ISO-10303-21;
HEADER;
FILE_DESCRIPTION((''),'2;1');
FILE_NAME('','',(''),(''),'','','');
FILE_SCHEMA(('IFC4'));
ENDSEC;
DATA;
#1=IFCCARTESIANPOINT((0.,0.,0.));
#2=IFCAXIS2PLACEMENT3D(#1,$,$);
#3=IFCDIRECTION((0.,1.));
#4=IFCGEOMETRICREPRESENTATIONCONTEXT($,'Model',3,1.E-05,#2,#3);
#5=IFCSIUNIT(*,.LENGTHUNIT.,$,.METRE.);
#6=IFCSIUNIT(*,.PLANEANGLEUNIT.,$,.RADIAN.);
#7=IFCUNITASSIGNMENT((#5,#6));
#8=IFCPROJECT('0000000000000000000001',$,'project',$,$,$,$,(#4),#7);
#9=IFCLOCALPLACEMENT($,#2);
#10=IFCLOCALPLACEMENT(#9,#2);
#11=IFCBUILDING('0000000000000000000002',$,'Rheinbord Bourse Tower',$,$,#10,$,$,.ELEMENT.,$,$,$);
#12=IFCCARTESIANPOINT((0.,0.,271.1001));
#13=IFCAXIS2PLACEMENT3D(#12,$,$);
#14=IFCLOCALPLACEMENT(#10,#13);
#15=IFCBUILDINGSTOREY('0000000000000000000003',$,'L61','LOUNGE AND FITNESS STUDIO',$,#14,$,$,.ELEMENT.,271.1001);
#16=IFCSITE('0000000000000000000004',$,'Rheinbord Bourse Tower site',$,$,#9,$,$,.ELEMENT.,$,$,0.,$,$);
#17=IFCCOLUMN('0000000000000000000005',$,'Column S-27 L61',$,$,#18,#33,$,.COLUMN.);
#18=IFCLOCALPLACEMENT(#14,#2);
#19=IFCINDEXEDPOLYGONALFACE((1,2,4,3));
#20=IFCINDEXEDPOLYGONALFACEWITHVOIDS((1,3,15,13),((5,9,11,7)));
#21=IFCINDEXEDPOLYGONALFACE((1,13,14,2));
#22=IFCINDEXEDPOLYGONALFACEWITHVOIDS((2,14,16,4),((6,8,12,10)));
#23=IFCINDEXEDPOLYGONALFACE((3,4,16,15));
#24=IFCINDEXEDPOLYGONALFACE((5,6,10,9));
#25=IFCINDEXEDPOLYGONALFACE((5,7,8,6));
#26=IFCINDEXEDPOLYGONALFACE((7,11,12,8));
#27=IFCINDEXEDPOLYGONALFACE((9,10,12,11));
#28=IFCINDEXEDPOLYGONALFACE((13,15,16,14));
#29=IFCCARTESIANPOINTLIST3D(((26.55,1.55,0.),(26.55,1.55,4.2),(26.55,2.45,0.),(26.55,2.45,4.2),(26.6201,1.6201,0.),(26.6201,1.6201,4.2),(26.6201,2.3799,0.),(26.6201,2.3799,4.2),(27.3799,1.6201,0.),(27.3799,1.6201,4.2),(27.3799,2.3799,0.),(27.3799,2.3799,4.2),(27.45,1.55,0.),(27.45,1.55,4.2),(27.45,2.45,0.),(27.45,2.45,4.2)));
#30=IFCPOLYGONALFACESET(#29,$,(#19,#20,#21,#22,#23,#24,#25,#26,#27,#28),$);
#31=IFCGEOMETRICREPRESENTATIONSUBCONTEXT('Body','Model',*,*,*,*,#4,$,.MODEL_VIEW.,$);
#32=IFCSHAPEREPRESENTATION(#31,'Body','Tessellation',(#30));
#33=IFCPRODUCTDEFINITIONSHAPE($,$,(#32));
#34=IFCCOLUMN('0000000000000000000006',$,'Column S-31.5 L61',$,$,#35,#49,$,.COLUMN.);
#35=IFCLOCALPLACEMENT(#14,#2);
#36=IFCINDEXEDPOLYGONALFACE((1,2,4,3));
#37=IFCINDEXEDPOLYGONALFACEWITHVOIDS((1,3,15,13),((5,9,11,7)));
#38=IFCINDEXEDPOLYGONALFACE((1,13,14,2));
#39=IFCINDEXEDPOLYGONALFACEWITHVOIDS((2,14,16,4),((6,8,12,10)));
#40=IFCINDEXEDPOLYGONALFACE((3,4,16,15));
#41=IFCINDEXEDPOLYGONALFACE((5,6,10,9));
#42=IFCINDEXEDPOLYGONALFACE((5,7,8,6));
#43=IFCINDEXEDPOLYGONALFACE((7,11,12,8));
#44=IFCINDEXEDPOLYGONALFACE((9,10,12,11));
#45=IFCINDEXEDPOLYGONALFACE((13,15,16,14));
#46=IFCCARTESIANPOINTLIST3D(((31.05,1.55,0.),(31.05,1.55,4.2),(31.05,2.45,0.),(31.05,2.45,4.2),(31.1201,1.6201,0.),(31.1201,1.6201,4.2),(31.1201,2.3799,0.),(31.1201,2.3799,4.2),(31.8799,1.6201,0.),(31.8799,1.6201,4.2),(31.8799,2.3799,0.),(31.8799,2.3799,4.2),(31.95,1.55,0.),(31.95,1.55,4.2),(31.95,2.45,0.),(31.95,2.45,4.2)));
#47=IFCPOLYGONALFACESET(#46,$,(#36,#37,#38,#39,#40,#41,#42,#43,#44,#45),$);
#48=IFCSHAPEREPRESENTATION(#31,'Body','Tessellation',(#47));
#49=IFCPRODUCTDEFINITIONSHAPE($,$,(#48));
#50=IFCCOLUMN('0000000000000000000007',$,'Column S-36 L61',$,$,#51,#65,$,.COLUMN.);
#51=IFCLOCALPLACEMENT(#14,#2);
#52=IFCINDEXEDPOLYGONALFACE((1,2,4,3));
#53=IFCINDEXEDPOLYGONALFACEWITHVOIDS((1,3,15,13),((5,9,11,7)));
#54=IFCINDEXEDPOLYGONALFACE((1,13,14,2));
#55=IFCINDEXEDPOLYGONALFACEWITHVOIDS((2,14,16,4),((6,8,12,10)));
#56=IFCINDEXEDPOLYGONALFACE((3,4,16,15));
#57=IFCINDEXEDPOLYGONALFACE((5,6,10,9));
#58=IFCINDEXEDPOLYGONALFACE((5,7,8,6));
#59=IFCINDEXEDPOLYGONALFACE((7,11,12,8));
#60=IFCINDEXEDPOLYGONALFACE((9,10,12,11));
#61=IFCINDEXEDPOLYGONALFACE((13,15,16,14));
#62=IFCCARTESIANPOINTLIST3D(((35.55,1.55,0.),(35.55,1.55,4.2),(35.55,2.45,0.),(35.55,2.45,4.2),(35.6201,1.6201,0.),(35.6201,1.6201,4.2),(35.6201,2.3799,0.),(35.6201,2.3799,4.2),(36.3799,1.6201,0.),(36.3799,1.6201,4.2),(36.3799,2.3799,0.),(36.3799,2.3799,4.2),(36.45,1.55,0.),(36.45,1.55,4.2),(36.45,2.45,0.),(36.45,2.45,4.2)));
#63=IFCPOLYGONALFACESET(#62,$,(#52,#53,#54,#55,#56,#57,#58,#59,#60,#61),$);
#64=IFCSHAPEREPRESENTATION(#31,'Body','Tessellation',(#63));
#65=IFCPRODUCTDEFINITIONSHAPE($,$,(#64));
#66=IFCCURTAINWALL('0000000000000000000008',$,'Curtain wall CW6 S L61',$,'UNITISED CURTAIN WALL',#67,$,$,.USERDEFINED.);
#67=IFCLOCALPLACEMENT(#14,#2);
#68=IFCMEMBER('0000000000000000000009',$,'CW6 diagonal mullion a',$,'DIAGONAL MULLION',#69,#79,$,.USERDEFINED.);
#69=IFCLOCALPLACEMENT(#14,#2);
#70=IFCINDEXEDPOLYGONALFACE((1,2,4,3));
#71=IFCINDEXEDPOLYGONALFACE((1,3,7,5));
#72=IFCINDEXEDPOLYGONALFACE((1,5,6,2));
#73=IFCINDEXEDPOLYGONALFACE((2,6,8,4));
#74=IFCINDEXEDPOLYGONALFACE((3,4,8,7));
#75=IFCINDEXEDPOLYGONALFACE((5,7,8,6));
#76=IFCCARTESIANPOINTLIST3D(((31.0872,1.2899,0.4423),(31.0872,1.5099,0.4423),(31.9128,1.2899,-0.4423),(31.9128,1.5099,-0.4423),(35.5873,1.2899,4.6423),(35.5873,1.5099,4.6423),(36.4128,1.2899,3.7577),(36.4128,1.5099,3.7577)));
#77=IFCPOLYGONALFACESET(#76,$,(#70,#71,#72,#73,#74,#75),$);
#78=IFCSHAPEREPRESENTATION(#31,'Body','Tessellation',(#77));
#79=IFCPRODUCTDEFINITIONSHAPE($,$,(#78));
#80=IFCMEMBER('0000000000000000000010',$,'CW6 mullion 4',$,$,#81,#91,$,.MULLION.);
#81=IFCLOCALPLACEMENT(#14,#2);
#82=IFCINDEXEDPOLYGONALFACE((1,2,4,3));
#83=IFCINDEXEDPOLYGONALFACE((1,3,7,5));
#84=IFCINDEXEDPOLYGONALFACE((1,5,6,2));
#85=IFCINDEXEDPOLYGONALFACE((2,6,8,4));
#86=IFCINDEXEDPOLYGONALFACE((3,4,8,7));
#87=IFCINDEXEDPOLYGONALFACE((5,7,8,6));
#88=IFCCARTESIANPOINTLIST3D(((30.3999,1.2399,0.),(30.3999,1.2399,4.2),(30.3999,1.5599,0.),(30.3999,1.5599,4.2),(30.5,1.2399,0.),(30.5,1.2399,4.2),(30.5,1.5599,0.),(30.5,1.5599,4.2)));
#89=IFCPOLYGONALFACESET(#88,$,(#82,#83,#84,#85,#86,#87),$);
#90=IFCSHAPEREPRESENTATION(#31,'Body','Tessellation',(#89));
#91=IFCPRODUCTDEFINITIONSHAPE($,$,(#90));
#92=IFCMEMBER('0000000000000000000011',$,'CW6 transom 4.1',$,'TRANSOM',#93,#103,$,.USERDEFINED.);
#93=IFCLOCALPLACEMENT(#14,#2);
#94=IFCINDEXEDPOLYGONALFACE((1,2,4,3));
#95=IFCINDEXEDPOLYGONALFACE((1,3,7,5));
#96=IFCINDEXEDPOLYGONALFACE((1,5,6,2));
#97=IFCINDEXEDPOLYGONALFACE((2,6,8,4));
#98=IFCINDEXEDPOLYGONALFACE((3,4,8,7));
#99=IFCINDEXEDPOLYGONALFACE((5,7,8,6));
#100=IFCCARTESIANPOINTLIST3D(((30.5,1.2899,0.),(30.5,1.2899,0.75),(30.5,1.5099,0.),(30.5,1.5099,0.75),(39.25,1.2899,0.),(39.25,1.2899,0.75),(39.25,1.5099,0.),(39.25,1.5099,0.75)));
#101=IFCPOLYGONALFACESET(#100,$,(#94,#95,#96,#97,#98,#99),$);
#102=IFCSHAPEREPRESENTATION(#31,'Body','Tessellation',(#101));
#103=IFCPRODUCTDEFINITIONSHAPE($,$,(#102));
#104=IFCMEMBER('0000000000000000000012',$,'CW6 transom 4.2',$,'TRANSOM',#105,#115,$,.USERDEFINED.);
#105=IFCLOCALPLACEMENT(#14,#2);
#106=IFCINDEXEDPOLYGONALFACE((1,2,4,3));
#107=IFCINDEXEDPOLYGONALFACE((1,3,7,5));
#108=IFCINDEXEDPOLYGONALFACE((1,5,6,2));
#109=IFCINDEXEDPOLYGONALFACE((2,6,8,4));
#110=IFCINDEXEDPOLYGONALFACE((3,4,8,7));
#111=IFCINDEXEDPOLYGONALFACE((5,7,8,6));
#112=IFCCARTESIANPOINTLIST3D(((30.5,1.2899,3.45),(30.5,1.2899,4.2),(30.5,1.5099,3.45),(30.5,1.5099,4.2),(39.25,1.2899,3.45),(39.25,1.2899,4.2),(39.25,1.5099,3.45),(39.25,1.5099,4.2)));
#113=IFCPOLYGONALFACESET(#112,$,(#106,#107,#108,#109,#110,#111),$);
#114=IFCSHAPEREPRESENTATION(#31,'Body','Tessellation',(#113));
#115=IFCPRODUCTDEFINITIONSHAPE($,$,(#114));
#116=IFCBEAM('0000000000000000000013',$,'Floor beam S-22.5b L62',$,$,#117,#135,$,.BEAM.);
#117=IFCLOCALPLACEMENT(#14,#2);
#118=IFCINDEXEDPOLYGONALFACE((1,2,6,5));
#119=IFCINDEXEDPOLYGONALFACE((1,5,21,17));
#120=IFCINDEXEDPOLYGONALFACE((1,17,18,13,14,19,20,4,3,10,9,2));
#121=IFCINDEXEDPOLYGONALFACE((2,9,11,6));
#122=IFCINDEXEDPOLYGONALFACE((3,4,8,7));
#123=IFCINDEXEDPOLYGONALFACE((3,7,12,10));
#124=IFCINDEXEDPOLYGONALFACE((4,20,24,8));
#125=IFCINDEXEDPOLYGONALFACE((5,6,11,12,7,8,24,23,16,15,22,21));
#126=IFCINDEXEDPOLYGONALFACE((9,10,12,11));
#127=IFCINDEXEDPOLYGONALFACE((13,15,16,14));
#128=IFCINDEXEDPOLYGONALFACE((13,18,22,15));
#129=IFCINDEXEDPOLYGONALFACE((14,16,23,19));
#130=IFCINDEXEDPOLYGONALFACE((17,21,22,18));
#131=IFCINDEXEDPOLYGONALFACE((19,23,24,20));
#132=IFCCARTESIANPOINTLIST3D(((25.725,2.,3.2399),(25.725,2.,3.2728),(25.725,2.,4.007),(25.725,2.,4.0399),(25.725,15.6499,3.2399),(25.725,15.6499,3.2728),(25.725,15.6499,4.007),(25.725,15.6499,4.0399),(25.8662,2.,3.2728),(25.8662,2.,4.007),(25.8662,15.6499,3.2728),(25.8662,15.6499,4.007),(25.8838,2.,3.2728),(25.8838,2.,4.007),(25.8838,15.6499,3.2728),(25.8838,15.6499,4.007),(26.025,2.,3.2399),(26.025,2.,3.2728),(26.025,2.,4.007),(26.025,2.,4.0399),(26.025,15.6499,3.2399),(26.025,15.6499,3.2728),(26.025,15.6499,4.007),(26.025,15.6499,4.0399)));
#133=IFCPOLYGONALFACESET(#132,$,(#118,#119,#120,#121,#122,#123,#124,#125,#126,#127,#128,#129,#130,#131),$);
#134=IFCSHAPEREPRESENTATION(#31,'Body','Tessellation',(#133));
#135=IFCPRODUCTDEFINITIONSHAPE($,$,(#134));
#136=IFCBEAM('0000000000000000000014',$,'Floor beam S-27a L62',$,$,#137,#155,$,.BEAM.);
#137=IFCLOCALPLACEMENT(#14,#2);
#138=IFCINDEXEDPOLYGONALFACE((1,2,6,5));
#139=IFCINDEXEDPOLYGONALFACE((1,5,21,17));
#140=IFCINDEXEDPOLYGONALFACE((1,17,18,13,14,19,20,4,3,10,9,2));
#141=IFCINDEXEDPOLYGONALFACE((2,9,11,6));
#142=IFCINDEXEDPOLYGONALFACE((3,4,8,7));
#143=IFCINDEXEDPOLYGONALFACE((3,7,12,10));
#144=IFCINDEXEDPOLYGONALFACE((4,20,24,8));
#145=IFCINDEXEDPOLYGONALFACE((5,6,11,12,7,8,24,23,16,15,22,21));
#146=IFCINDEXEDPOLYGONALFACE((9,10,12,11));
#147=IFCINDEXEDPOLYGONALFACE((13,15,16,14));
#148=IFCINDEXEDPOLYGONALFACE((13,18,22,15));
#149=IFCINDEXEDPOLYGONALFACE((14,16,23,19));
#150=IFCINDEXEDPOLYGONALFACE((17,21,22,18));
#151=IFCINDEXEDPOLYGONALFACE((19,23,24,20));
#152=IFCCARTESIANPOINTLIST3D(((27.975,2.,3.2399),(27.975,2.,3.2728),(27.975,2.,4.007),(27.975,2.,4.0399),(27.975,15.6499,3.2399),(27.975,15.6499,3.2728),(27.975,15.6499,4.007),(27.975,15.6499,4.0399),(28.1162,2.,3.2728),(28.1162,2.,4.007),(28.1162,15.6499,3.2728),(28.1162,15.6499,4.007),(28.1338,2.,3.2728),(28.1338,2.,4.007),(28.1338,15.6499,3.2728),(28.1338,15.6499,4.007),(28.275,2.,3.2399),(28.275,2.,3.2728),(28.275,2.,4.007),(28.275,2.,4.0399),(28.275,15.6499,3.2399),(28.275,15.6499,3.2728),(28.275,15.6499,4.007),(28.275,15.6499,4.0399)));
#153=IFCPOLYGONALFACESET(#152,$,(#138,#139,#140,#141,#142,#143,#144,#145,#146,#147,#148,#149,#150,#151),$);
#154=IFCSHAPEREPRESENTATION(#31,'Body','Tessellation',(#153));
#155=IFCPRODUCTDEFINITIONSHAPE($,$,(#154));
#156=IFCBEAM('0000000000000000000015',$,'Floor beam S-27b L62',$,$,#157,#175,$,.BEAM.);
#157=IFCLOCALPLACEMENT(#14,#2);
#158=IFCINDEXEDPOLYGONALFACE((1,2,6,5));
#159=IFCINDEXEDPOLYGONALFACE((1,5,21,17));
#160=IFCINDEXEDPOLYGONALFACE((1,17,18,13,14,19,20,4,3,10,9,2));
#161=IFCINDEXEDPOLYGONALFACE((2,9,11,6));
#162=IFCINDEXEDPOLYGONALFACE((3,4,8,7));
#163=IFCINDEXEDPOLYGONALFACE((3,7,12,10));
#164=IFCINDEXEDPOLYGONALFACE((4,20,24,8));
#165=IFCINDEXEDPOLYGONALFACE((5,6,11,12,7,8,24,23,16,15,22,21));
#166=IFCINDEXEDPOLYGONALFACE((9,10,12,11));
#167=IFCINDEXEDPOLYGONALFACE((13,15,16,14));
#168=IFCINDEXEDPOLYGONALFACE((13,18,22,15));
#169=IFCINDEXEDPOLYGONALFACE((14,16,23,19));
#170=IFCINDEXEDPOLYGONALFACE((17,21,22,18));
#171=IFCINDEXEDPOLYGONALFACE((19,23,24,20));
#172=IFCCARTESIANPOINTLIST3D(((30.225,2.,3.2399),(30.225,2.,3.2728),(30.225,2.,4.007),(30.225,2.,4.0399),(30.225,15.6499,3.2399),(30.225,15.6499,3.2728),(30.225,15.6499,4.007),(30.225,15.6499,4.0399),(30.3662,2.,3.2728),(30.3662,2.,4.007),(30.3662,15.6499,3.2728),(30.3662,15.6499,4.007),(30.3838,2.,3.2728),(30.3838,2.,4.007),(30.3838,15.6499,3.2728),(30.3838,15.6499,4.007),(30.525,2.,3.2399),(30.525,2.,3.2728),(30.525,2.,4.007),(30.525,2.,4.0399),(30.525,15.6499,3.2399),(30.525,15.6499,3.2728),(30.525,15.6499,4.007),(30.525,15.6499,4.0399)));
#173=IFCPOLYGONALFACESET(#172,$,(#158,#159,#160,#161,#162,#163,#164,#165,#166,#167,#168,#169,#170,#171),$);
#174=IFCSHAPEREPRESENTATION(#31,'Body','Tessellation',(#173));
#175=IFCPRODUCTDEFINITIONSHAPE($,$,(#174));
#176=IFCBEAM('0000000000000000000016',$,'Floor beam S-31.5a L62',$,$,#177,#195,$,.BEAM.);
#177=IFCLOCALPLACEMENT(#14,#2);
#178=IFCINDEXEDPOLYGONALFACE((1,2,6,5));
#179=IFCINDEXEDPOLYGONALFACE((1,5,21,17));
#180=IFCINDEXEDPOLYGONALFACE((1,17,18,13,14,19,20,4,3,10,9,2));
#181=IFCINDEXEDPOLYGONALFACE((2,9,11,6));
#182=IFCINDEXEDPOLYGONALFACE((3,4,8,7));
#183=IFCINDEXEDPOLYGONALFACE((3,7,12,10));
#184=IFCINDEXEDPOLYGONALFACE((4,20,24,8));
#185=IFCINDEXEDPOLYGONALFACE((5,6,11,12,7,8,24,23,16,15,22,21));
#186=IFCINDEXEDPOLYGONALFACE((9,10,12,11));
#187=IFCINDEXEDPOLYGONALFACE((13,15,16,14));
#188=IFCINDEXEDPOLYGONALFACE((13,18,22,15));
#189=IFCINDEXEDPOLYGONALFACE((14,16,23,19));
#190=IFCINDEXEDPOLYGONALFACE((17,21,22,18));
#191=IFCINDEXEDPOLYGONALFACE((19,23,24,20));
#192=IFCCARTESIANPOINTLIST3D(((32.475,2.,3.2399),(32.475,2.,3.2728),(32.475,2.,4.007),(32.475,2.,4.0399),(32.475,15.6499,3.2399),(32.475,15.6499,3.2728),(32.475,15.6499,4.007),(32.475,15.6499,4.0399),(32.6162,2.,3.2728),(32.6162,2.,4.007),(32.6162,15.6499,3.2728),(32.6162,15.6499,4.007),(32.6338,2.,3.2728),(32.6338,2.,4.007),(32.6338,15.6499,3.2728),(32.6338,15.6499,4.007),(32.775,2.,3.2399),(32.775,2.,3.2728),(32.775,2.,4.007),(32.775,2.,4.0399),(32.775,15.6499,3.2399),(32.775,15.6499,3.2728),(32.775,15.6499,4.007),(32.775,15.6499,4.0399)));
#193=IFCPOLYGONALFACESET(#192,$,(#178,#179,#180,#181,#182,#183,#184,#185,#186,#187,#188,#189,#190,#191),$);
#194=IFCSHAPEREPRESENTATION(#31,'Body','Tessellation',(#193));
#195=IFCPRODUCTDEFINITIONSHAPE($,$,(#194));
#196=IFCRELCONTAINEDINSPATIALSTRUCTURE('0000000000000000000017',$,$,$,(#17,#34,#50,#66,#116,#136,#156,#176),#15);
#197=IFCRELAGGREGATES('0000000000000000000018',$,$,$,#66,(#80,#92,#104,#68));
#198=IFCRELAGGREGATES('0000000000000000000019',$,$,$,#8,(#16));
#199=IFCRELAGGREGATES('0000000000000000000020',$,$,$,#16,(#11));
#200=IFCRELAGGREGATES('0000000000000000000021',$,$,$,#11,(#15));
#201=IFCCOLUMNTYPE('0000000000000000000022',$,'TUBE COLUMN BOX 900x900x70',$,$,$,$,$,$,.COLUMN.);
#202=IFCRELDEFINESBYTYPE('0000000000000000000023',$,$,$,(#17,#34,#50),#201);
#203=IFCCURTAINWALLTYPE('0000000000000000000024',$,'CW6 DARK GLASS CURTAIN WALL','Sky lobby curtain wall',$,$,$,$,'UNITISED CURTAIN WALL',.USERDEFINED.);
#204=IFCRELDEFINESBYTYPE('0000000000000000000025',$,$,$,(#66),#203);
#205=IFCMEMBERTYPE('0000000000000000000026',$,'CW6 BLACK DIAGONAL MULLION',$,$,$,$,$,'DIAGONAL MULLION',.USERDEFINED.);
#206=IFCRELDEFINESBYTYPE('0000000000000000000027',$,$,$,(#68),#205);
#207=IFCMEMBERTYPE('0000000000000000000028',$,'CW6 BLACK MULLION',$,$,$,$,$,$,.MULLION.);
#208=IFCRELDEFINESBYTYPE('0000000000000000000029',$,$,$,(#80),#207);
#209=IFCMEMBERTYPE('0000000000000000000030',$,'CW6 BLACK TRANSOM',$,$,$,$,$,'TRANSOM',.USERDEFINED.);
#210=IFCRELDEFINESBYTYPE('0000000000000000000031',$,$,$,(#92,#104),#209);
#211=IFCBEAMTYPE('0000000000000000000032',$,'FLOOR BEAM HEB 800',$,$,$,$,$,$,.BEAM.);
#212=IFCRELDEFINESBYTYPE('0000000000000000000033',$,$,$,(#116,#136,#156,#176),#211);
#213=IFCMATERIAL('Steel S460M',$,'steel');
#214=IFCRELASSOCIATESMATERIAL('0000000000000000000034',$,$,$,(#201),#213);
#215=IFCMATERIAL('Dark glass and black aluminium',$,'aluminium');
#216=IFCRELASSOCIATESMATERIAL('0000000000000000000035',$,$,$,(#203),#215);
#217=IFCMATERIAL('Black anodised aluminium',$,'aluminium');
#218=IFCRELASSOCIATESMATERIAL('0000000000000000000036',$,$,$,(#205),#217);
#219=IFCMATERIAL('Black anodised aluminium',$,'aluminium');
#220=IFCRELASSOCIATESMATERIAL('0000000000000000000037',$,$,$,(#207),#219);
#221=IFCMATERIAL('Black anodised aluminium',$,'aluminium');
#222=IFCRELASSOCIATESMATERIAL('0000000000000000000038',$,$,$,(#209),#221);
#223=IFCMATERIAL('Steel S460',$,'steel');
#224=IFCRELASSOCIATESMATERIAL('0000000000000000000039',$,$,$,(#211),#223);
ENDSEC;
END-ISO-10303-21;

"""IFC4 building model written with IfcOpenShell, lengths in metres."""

from ifc_helpers import new_model, si_unit, direction, frame, origin, origin_2d, place, context, subcontext, project, spatial, rectangle, hollow_rectangle, i_section, extrude, material, material_profile, profile_set, type_object, element, aggregate, save


model = new_model("IFC4")

# Units and contexts
model_context = context("Model", 3, precision=1e-05, world=origin(), true_north=direction((0.0, 1.0)))
body_context = subcontext(model_context, "Body", "Model", "MODEL_VIEW")
ifc_project = project(units=[si_unit("LENGTHUNIT", "METRE"), si_unit("PLANEANGLEUNIT", "RADIAN")], contexts=[model_context])

# Site, building, storey
site_placement = place(None, origin())
site = spatial("IfcSite", under=ifc_project, at=site_placement, Name="Rheinbord Bourse Tower site", CompositionType="ELEMENT", RefElevation=0.0)
building_placement = place(site_placement, origin())
building = spatial("IfcBuilding", under=site, at=building_placement, Name="Rheinbord Bourse Tower", CompositionType="ELEMENT")
storey_placement = place(building_placement, frame((0.0, 0.0, 271.1001)))
storey = spatial("IfcBuildingStorey", under=building, at=storey_placement, Name="L61", Description="LOUNGE AND FITNESS STUDIO", CompositionType="ELEMENT", Elevation=271.1001)

# Columns
ifc_material_1 = material(Name="Steel S460M", Category="steel")
ifc_material_profile_1 = material_profile(ifc_material_1, hollow_rectangle(XDim=0.8999, YDim=0.8999, WallThickness=0.0701, at=origin_2d()), Name="BOX 900x900x70")
ifc_profile_set_1 = profile_set([ifc_material_profile_1], Name="Steel S460M")
column_type = type_object("IfcColumnType", Name="TUBE COLUMN BOX 900x900x70", PredefinedType="COLUMN", material=ifc_profile_set_1)
for number, where, z_axis, x_axis, name in (
    (1, (27.0, 2.0, 0.0), (0.0, 0.0, 1.0), (0.0, 1.0, 0.0), "Column S-27 L61"),
    (2, (31.5, 2.0, 0.0), (0.0, 0.0, 1.0), (0.0, 1.0, 0.0), "Column S-31.5 L61"),
    (3, (36.0, 2.0, 0.0), (0.0, 0.0, 1.0), (0.0, 1.0, 0.0), "Column S-36 L61"),
):
    element("IfcColumn", number, at=place(storey_placement, frame(where, z_axis=z_axis, x_axis=x_axis)), inside=storey, type_object=column_type, Name=name, PredefinedType="COLUMN", context=body_context, shape_type="SweptSolid", body=[
        extrude(hollow_rectangle(XDim=0.8999, YDim=0.8999, WallThickness=0.0701, at=origin_2d()), origin(), (0.0, 0.0, 1.0), 4.2),
    ])

# Curtain wall, members
ifc_material_2 = material(Name="Dark glass and black aluminium", Category="aluminium")
curtain_wall_type = type_object("IfcCurtainWallType", Name="CW6 DARK GLASS CURTAIN WALL", Description="Sky lobby curtain wall", ElementType="UNITISED CURTAIN WALL", PredefinedType="USERDEFINED", material=ifc_material_2)
curtain_wall_placement = place(storey_placement, origin())
curtain_wall = element("IfcCurtainWall", 4, at=curtain_wall_placement, inside=storey, type_object=curtain_wall_type, Name="Curtain wall CW6 S L61", ObjectType="UNITISED CURTAIN WALL", PredefinedType="USERDEFINED")
ifc_material_3 = material(Name="Black anodised aluminium", Category="aluminium")
ifc_material_profile_2 = material_profile(ifc_material_3, rectangle(XDim=0.22, YDim=1.21, at=origin_2d()), Name="CW6 DIAGONAL MULLION 1210x220")
ifc_profile_set_2 = profile_set([ifc_material_profile_2], Name="Black anodised aluminium")
member_type_1 = type_object("IfcMemberType", Name="CW6 BLACK DIAGONAL MULLION", ElementType="DIAGONAL MULLION", PredefinedType="USERDEFINED", material=ifc_profile_set_2)
member_1_placement = place(storey_placement, frame((31.5, 1.3999, 0.0), z_axis=(0.731059, 0.0, 0.682314), x_axis=(0.0, 1.0, 0.0)))
member_1 = element("IfcMember", 5, at=member_1_placement, type_object=member_type_1, Name="CW6 diagonal mullion a", ObjectType="DIAGONAL MULLION", PredefinedType="USERDEFINED", context=body_context, shape_type="SweptSolid", body=[
    extrude(rectangle(XDim=0.22, YDim=1.21, at=origin_2d()), origin(), (0.0, 0.0, 1.0), 6.1555),
])
ifc_material_4 = material(Name="Black anodised aluminium", Category="aluminium")
ifc_material_profile_3 = material_profile(ifc_material_4, rectangle(XDim=0.3201, YDim=0.1001, at=origin_2d()), Name="CW6 MULLION 100x320")
ifc_profile_set_3 = profile_set([ifc_material_profile_3], Name="Black anodised aluminium")
member_type_2 = type_object("IfcMemberType", Name="CW6 BLACK MULLION", PredefinedType="MULLION", material=ifc_profile_set_3)
member_2_placement = place(storey_placement, frame((30.45, 1.3999, 0.0), z_axis=(0.0, 0.0, 1.0), x_axis=(0.0, 1.0, 0.0)))
member_2 = element("IfcMember", 6, at=member_2_placement, type_object=member_type_2, Name="CW6 mullion 4", PredefinedType="MULLION", context=body_context, shape_type="SweptSolid", body=[
    extrude(rectangle(XDim=0.3201, YDim=0.1001, at=origin_2d()), origin(), (0.0, 0.0, 1.0), 4.2),
])
ifc_material_5 = material(Name="Black anodised aluminium", Category="aluminium")
ifc_material_profile_4 = material_profile(ifc_material_5, rectangle(XDim=0.22, YDim=0.75, at=origin_2d()), Name="CW6 TRANSOM 750x220")
ifc_profile_set_4 = profile_set([ifc_material_profile_4], Name="Black anodised aluminium")
member_type_3 = type_object("IfcMemberType", Name="CW6 BLACK TRANSOM", ElementType="TRANSOM", PredefinedType="USERDEFINED", material=ifc_profile_set_4)
member_3_placement = place(storey_placement, frame((30.5, 1.3999, 0.375), z_axis=(1.0, 0.0, 0.0), x_axis=(0.0, 1.0, 0.0)))
member_3 = element("IfcMember", 7, at=member_3_placement, type_object=member_type_3, Name="CW6 transom 4.1", ObjectType="TRANSOM", PredefinedType="USERDEFINED", context=body_context, shape_type="SweptSolid", body=[
    extrude(rectangle(XDim=0.22, YDim=0.75, at=origin_2d()), origin(), (0.0, 0.0, 1.0), 8.75),
])
member_4_placement = place(storey_placement, frame((30.5, 1.3999, 3.825), z_axis=(1.0, 0.0, 0.0), x_axis=(0.0, 1.0, 0.0)))
member_4 = element("IfcMember", 8, at=member_4_placement, type_object=member_type_3, Name="CW6 transom 4.2", ObjectType="TRANSOM", PredefinedType="USERDEFINED", context=body_context, shape_type="SweptSolid", body=[
    extrude(rectangle(XDim=0.22, YDim=0.75, at=origin_2d()), origin(), (0.0, 0.0, 1.0), 8.75),
])

# Beams
ifc_material_6 = material(Name="Steel S460", Category="steel")
ifc_material_profile_5 = material_profile(ifc_material_6, i_section(OverallWidth=0.3, OverallDepth=0.8, WebThickness=0.0176, FlangeThickness=0.033, at=origin_2d()), Name="HEB 800")
ifc_profile_set_5 = profile_set([ifc_material_profile_5], Name="Steel S460")
beam_type_1 = type_object("IfcBeamType", Name="FLOOR BEAM HEB 800", PredefinedType="BEAM", material=ifc_profile_set_5)
for number, where, z_axis, x_axis, name in (
    (9, (25.875, 2.0, 3.6399), (0.0, 1.0, 0.0), (-1.0, 0.0, 0.0), "Floor beam S-22.5b L62"),
    (10, (28.125, 2.0, 3.6399), (0.0, 1.0, 0.0), (-1.0, 0.0, 0.0), "Floor beam S-27a L62"),
    (11, (30.375, 2.0, 3.6399), (0.0, 1.0, 0.0), (-1.0, 0.0, 0.0), "Floor beam S-27b L62"),
    (12, (32.625, 2.0, 3.6399), (0.0, 1.0, 0.0), (-1.0, 0.0, 0.0), "Floor beam S-31.5a L62"),
):
    element("IfcBeam", number, at=place(storey_placement, frame(where, z_axis=z_axis, x_axis=x_axis)), inside=storey, type_object=beam_type_1, Name=name, PredefinedType="BEAM", context=body_context, shape_type="SweptSolid", body=[
        extrude(i_section(OverallWidth=0.3, OverallDepth=0.8, WebThickness=0.0176, FlangeThickness=0.033, at=origin_2d()), origin(), (0.0, 0.0, 1.0), 13.6499),
    ])

aggregate(curtain_wall, [member_2, member_3, member_4, member_1])

save(model, "model.ifc")
